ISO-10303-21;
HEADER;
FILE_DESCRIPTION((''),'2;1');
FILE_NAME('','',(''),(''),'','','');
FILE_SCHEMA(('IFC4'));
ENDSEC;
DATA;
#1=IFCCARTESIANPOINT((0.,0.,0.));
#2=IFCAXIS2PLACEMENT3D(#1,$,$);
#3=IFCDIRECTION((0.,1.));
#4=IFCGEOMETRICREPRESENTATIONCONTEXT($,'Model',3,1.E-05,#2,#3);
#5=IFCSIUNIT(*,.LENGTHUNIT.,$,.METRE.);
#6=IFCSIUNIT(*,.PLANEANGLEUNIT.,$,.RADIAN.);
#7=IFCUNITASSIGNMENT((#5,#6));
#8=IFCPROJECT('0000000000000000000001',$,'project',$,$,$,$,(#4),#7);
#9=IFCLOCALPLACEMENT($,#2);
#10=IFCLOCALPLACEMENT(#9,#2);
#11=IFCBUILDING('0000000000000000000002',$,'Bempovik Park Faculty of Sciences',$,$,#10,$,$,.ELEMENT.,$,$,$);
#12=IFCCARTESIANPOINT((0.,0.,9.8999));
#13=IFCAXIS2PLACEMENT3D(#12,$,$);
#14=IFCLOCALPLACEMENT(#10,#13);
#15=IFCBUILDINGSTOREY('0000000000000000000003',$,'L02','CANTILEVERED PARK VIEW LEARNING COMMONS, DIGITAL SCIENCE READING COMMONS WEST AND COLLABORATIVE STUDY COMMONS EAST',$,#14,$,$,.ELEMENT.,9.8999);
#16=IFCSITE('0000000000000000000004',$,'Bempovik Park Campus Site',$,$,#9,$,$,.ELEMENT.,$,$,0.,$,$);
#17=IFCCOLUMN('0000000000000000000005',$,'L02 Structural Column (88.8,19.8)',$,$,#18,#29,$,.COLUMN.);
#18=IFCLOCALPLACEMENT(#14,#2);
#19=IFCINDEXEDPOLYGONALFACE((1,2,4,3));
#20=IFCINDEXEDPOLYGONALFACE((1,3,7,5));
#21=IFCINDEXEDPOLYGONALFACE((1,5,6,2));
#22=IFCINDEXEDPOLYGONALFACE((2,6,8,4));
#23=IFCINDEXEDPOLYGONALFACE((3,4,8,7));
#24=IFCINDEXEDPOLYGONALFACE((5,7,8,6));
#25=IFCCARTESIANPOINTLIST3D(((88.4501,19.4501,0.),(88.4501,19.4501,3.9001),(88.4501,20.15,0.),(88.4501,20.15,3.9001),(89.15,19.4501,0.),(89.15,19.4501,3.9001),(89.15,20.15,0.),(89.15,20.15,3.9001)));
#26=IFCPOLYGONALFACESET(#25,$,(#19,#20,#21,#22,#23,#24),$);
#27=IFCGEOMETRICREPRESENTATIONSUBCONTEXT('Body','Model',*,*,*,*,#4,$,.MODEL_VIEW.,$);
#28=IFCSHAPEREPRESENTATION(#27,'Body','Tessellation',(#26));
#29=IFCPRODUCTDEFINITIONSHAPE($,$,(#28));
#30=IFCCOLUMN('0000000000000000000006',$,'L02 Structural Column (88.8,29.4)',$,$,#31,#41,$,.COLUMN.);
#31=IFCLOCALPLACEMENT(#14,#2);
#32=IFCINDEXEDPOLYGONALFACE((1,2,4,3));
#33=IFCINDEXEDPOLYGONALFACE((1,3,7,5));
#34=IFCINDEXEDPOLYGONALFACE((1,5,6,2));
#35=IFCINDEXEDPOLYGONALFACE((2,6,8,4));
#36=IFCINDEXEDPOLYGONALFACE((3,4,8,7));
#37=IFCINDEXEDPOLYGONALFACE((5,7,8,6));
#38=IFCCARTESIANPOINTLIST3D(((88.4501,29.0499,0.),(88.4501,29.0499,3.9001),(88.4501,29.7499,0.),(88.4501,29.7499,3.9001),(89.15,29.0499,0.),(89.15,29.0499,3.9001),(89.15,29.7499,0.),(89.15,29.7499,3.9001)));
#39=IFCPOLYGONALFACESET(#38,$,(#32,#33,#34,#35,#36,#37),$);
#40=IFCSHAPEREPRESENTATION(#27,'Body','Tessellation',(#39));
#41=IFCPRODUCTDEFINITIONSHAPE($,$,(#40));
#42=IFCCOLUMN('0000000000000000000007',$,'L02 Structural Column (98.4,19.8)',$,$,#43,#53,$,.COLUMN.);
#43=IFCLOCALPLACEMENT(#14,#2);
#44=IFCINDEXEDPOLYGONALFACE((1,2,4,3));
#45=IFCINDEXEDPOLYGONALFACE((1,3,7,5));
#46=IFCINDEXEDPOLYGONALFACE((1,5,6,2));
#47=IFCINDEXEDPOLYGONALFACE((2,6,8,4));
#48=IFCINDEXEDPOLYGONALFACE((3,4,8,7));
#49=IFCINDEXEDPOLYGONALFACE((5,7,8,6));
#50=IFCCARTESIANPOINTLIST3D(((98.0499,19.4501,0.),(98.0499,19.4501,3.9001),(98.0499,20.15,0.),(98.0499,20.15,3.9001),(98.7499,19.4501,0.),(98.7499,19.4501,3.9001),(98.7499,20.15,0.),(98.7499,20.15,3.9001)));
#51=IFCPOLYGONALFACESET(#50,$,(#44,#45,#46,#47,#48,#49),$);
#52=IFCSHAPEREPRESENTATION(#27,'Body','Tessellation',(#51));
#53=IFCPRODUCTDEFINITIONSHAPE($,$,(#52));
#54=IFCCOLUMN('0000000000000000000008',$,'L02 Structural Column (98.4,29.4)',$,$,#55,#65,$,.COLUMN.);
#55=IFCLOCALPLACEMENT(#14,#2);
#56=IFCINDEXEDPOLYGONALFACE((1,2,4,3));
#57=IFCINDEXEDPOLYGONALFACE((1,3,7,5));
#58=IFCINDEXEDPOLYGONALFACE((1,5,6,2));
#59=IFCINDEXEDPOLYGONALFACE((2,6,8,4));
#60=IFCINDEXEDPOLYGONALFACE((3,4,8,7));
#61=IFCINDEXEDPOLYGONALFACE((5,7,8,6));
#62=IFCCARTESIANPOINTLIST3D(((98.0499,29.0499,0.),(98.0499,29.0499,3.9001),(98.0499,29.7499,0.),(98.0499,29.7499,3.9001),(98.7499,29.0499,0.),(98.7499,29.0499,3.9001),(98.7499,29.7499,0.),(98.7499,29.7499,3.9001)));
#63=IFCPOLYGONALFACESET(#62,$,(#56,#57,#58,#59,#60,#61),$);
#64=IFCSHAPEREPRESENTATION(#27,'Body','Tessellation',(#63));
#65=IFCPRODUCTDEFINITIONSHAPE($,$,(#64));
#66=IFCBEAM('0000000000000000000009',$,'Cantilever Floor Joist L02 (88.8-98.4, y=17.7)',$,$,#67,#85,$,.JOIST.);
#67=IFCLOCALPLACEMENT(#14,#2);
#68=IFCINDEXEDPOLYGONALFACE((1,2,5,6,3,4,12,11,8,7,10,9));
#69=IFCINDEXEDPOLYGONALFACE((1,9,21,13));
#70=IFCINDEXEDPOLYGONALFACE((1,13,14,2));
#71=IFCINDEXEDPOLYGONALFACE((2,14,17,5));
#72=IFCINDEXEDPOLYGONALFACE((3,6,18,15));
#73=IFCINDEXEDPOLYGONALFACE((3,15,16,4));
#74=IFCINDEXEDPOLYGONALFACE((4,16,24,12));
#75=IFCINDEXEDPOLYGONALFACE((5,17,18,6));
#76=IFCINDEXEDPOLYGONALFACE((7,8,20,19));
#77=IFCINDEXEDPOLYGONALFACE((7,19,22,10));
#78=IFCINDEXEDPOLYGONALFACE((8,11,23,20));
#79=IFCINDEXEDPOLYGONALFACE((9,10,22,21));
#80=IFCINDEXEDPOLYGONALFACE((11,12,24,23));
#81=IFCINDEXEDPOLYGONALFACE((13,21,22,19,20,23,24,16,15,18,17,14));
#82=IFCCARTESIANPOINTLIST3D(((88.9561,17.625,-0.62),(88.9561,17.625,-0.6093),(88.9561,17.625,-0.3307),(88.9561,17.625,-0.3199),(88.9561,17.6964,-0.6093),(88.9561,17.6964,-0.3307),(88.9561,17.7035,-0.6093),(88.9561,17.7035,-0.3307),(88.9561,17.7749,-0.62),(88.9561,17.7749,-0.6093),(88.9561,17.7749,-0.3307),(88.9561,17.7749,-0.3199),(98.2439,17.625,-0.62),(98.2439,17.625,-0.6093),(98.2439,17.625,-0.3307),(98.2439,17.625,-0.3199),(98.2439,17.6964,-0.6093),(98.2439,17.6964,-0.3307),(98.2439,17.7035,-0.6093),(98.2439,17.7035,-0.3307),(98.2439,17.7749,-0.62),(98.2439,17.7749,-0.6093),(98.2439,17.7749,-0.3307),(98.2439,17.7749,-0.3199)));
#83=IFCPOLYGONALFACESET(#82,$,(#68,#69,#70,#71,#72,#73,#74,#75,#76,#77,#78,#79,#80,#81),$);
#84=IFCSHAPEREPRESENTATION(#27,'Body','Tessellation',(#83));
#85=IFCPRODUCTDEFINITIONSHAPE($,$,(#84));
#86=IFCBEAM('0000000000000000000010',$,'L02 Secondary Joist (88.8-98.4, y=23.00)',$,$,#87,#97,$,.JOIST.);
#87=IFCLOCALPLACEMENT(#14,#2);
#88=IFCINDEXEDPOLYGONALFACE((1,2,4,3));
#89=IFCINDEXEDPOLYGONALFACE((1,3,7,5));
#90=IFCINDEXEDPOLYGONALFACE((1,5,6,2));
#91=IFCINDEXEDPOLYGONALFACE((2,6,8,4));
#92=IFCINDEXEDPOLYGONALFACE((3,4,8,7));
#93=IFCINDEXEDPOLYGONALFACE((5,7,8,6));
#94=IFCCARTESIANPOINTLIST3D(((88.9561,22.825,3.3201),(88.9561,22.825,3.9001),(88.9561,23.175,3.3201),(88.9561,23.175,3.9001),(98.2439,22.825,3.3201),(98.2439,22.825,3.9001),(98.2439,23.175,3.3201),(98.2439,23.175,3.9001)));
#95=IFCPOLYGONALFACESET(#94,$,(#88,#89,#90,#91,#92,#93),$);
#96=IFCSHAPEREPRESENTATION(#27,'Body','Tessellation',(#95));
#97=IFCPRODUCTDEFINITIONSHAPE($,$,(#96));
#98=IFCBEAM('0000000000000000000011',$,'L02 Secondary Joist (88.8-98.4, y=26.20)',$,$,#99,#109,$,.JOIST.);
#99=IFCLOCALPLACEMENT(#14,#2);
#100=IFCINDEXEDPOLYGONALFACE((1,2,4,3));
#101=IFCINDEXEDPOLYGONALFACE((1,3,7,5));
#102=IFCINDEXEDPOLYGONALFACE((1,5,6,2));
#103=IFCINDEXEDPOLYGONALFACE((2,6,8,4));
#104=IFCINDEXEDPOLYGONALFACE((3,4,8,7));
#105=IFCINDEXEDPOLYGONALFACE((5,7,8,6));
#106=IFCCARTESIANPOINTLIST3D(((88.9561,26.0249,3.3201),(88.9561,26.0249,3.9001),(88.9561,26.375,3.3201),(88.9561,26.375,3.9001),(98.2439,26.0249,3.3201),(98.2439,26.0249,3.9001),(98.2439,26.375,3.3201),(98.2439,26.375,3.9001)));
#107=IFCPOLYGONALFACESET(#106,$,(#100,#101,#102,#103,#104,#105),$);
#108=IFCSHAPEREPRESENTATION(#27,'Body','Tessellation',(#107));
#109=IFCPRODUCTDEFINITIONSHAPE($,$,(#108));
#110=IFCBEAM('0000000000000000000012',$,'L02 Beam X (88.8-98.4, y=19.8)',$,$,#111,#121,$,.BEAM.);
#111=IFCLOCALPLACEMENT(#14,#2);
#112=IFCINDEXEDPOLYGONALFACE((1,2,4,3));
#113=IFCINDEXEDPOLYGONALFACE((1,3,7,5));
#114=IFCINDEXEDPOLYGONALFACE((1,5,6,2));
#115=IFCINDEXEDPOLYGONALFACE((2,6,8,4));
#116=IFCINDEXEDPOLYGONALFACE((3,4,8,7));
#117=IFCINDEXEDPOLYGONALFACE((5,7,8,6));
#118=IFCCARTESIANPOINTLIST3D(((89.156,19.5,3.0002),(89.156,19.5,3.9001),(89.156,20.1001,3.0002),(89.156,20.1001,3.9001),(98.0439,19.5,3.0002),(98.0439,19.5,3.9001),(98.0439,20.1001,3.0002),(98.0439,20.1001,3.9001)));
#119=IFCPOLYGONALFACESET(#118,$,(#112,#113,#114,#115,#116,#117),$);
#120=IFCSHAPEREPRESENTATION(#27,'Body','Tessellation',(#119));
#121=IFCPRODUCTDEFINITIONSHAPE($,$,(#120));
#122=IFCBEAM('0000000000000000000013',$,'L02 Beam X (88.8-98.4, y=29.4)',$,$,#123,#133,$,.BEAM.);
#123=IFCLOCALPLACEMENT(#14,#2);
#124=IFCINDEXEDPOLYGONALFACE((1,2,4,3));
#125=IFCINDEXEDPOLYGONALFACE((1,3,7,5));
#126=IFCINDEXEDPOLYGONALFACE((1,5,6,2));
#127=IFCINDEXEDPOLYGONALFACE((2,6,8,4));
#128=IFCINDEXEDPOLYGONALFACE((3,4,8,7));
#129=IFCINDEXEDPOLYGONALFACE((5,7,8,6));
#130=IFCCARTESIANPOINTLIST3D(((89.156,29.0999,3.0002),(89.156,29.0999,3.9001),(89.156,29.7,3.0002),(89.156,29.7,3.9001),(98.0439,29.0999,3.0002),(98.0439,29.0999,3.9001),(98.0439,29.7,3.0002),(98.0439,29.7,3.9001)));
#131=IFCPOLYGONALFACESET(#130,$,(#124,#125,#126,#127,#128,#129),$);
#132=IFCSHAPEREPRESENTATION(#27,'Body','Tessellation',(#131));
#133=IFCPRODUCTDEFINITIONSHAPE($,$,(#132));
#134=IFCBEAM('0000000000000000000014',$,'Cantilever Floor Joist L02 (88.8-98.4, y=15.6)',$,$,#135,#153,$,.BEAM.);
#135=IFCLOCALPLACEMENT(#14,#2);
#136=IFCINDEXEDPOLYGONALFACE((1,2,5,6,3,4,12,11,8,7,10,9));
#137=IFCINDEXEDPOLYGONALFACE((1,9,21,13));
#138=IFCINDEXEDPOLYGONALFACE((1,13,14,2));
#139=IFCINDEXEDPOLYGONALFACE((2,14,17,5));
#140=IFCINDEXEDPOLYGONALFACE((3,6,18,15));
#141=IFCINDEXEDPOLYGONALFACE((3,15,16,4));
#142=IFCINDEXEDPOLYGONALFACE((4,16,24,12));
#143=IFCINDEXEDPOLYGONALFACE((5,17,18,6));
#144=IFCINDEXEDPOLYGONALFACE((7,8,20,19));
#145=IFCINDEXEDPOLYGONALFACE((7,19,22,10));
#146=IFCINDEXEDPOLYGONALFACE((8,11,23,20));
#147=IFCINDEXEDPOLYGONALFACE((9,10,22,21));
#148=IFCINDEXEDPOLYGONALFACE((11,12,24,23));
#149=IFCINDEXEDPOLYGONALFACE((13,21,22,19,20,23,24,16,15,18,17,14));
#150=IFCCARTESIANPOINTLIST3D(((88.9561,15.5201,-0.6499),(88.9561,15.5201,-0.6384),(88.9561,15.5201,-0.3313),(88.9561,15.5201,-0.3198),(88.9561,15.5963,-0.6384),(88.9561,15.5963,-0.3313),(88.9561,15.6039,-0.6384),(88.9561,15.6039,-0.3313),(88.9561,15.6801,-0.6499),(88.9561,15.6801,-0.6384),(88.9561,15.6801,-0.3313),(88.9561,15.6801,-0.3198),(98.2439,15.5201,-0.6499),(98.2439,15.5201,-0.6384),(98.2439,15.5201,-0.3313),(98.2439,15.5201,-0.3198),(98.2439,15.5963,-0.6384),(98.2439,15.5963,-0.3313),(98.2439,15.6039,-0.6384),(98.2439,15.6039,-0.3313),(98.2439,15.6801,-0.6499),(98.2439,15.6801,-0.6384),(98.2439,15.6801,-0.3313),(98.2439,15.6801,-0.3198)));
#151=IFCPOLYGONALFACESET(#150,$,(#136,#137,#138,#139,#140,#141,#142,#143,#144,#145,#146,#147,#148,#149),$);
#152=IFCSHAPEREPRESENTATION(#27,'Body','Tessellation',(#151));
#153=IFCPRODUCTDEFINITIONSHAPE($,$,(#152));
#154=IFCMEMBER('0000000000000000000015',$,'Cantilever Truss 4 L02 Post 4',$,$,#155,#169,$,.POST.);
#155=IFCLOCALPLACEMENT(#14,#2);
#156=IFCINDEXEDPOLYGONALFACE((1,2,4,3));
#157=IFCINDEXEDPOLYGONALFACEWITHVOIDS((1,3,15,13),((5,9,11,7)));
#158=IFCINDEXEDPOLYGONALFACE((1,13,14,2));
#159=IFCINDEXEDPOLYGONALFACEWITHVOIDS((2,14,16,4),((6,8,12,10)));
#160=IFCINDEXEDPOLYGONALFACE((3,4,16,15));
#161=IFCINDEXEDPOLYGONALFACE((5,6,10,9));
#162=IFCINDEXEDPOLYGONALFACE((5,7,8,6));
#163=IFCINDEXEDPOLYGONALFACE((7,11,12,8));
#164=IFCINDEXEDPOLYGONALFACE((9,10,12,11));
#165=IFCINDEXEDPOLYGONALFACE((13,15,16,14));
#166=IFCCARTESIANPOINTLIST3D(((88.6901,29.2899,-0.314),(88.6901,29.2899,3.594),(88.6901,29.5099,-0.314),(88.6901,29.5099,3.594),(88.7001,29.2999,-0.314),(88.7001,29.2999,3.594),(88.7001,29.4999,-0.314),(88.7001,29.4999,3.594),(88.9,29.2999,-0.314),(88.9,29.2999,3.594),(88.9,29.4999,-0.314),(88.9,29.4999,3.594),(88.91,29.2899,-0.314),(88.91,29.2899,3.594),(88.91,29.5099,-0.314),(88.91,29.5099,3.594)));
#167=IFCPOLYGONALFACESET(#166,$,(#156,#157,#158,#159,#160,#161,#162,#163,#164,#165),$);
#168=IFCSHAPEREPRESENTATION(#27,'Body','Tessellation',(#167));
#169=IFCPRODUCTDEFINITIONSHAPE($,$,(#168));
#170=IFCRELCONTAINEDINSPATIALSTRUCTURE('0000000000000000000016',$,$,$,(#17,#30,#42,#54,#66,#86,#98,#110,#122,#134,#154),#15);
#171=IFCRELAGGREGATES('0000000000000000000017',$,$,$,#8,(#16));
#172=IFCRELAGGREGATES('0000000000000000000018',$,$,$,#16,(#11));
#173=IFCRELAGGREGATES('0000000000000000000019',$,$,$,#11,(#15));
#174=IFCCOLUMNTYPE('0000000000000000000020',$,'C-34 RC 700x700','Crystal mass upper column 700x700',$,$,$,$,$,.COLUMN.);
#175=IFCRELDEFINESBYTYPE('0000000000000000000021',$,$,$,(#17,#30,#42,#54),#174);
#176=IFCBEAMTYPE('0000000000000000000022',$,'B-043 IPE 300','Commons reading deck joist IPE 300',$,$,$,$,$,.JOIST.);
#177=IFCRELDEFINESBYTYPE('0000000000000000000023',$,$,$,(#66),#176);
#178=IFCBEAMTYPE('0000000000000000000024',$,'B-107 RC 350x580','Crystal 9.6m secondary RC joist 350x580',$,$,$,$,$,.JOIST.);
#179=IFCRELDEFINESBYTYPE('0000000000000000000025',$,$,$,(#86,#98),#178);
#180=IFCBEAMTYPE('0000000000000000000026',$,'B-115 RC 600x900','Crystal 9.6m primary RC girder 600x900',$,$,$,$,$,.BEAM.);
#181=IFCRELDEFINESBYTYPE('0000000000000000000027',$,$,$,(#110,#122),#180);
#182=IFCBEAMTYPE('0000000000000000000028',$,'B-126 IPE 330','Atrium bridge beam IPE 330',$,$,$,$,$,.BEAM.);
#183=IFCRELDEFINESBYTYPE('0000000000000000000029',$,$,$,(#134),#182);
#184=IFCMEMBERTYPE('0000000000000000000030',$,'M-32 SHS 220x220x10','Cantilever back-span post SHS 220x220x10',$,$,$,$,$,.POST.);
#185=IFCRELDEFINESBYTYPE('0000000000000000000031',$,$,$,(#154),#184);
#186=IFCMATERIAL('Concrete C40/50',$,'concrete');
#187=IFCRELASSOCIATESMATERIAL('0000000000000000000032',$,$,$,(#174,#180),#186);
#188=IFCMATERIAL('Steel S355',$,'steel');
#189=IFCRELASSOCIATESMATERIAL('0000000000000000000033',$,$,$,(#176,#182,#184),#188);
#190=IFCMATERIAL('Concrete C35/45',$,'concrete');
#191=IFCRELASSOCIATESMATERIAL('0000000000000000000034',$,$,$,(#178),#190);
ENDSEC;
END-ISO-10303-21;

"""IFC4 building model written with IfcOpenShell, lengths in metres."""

from ifc_helpers import new_model, si_unit, direction, frame, origin, origin_2d, place, context, subcontext, project, spatial, rectangle, hollow_rectangle, i_section, extrude, material, material_profile, profile_set, type_object, element, save


model = new_model("IFC4")

# Units and contexts
model_context = context("Model", 3, precision=1e-05, world=origin(), true_north=direction((0.0, 1.0)))
body_context = subcontext(model_context, "Body", "Model", "MODEL_VIEW")
ifc_project = project(units=[si_unit("LENGTHUNIT", "METRE"), si_unit("PLANEANGLEUNIT", "RADIAN")], contexts=[model_context])

# Site, building, storey
site_placement = place(None, origin())
site = spatial("IfcSite", under=ifc_project, at=site_placement, Name="Bempovik Park Campus Site", CompositionType="ELEMENT", RefElevation=0.0)
building_placement = place(site_placement, origin())
building = spatial("IfcBuilding", under=site, at=building_placement, Name="Bempovik Park Faculty of Sciences", CompositionType="ELEMENT")
storey_placement = place(building_placement, frame((0.0, 0.0, 9.8999)))
storey = spatial("IfcBuildingStorey", under=building, at=storey_placement, Name="L02", Description="CANTILEVERED PARK VIEW LEARNING COMMONS, DIGITAL SCIENCE READING COMMONS WEST AND COLLABORATIVE STUDY COMMONS EAST", CompositionType="ELEMENT", Elevation=9.8999)

# Columns
ifc_material_1 = material(Name="Concrete C40/50", Category="concrete")
ifc_material_profile_1 = material_profile(ifc_material_1, rectangle(XDim=0.7, YDim=0.7, at=origin_2d()), Name="RC 700x700")
ifc_profile_set_1 = profile_set([ifc_material_profile_1], Name="Concrete C40/50")
column_type = type_object("IfcColumnType", Name="C-34 RC 700x700", Description="Crystal mass upper column 700x700", PredefinedType="COLUMN", material=ifc_profile_set_1)
for number, where, z_axis, x_axis, name in (
    (1, (88.8, 19.8, 0.0), (0.0, 0.0, 1.0), (1.0, 0.0, 0.0), "L02 Structural Column (88.8,19.8)"),
    (2, (88.8, 29.3999, 0.0), (0.0, 0.0, 1.0), (1.0, 0.0, 0.0), "L02 Structural Column (88.8,29.4)"),
    (3, (98.3999, 19.8, 0.0), (0.0, 0.0, 1.0), (1.0, 0.0, 0.0), "L02 Structural Column (98.4,19.8)"),
    (4, (98.3999, 29.3999, 0.0), (0.0, 0.0, 1.0), (1.0, 0.0, 0.0), "L02 Structural Column (98.4,29.4)"),
):
    element("IfcColumn", number, at=place(storey_placement, frame(where, z_axis=z_axis, x_axis=x_axis)), inside=storey, type_object=column_type, Name=name, PredefinedType="COLUMN", context=body_context, shape_type="SweptSolid", body=[
        extrude(rectangle(XDim=0.7, YDim=0.7, at=origin_2d()), origin(), (0.0, 0.0, 1.0), 3.9001),
    ])

# Beams
ifc_material_2 = material(Name="Steel S355", Category="steel")
ifc_material_profile_2 = material_profile(ifc_material_2, i_section(OverallWidth=0.1499, OverallDepth=0.3, WebThickness=0.0071, FlangeThickness=0.0107, at=origin_2d()), Name="IPE 300")
ifc_profile_set_2 = profile_set([ifc_material_profile_2], Name="Steel S355")
beam_type_1 = type_object("IfcBeamType", Name="B-043 IPE 300", Description="Commons reading deck joist IPE 300", PredefinedType="JOIST", material=ifc_profile_set_2)
beam_1_placement = place(storey_placement, frame((88.9561, 17.7, -0.47), z_axis=(1.0, 0.0, 0.0), x_axis=(0.0, 1.0, 0.0)))
element("IfcBeam", 5, at=beam_1_placement, inside=storey, type_object=beam_type_1, Name="Cantilever Floor Joist L02 (88.8-98.4, y=17.7)", PredefinedType="JOIST", context=body_context, shape_type="SweptSolid", body=[
    extrude(i_section(OverallWidth=0.1499, OverallDepth=0.3, WebThickness=0.0071, FlangeThickness=0.0107, at=origin_2d()), origin(), (0.0, 0.0, 1.0), 9.2878),
])
ifc_material_3 = material(Name="Concrete C35/45", Category="concrete")
ifc_material_profile_3 = material_profile(ifc_material_3, rectangle(XDim=0.3501, YDim=0.5801, at=origin_2d()), Name="RC 350x580")
ifc_profile_set_3 = profile_set([ifc_material_profile_3], Name="Concrete C35/45")
beam_type_2 = type_object("IfcBeamType", Name="B-107 RC 350x580", Description="Crystal 9.6m secondary RC joist 350x580", PredefinedType="JOIST", material=ifc_profile_set_3)
for number, where, z_axis, x_axis, name in (
    (6, (88.9561, 23.0, 3.6101), (1.0, 0.0, 0.0), (0.0, 1.0, 0.0), "L02 Secondary Joist (88.8-98.4, y=23.00)"),
    (7, (88.9561, 26.2, 3.6101), (1.0, 0.0, 0.0), (0.0, 1.0, 0.0), "L02 Secondary Joist (88.8-98.4, y=26.20)"),
):
    element("IfcBeam", number, at=place(storey_placement, frame(where, z_axis=z_axis, x_axis=x_axis)), inside=storey, type_object=beam_type_2, Name=name, PredefinedType="JOIST", context=body_context, shape_type="SweptSolid", body=[
        extrude(rectangle(XDim=0.3501, YDim=0.5801, at=origin_2d()), origin(), (0.0, 0.0, 1.0), 9.2878),
    ])
ifc_material_profile_4 = material_profile(ifc_material_1, rectangle(XDim=0.6001, YDim=0.8999, at=origin_2d()), Name="RC 600x900")
ifc_profile_set_4 = profile_set([ifc_material_profile_4], Name="Concrete C40/50")
beam_type_3 = type_object("IfcBeamType", Name="B-115 RC 600x900", Description="Crystal 9.6m primary RC girder 600x900", PredefinedType="BEAM", material=ifc_profile_set_4)
for number, where, z_axis, x_axis, name in (
    (8, (89.156, 19.8, 3.4502), (1.0, 0.0, 0.0), (0.0, 1.0, 0.0), "L02 Beam X (88.8-98.4, y=19.8)"),
    (9, (89.156, 29.3999, 3.4502), (1.0, 0.0, 0.0), (0.0, 1.0, 0.0), "L02 Beam X (88.8-98.4, y=29.4)"),
):
    element("IfcBeam", number, at=place(storey_placement, frame(where, z_axis=z_axis, x_axis=x_axis)), inside=storey, type_object=beam_type_3, Name=name, PredefinedType="BEAM", context=body_context, shape_type="SweptSolid", body=[
        extrude(rectangle(XDim=0.6001, YDim=0.8999, at=origin_2d()), origin(), (0.0, 0.0, 1.0), 8.8879),
    ])
ifc_material_profile_5 = material_profile(ifc_material_2, i_section(OverallWidth=0.1599, OverallDepth=0.3301, WebThickness=0.0076, FlangeThickness=0.0115, at=origin_2d()), Name="IPE 330")
ifc_profile_set_5 = profile_set([ifc_material_profile_5], Name="Steel S355")
beam_type_4 = type_object("IfcBeamType", Name="B-126 IPE 330", Description="Atrium bridge beam IPE 330", PredefinedType="BEAM", material=ifc_profile_set_5)
beam_2_placement = place(storey_placement, frame((88.9561, 15.6001, -0.4849), z_axis=(1.0, 0.0, 0.0), x_axis=(0.0, 1.0, 0.0)))
element("IfcBeam", 10, at=beam_2_placement, inside=storey, type_object=beam_type_4, Name="Cantilever Floor Joist L02 (88.8-98.4, y=15.6)", PredefinedType="BEAM", context=body_context, shape_type="SweptSolid", body=[
    extrude(i_section(OverallWidth=0.1599, OverallDepth=0.3301, WebThickness=0.0076, FlangeThickness=0.0115, at=origin_2d()), origin(), (0.0, 0.0, 1.0), 9.2878),
])

# Member
ifc_material_profile_6 = material_profile(ifc_material_2, hollow_rectangle(XDim=0.22, YDim=0.22, WallThickness=0.01, at=origin_2d()), Name="SHS 220x220x10")
ifc_profile_set_6 = profile_set([ifc_material_profile_6], Name="Steel S355")
member_type_1 = type_object("IfcMemberType", Name="M-32 SHS 220x220x10", Description="Cantilever back-span post SHS 220x220x10", PredefinedType="POST", material=ifc_profile_set_6)
member_1_placement = place(storey_placement, frame((88.8, 29.3999, -0.314), z_axis=(0.0, 0.0, 1.0), x_axis=(1.0, 0.0, 0.0)))
element("IfcMember", 11, at=member_1_placement, inside=storey, type_object=member_type_1, Name="Cantilever Truss 4 L02 Post 4", PredefinedType="POST", context=body_context, shape_type="SweptSolid", body=[
    extrude(hollow_rectangle(XDim=0.22, YDim=0.22, WallThickness=0.01, at=origin_2d()), origin(), (0.0, 0.0, 1.0), 3.908),
])

save(model, "model.ifc")
